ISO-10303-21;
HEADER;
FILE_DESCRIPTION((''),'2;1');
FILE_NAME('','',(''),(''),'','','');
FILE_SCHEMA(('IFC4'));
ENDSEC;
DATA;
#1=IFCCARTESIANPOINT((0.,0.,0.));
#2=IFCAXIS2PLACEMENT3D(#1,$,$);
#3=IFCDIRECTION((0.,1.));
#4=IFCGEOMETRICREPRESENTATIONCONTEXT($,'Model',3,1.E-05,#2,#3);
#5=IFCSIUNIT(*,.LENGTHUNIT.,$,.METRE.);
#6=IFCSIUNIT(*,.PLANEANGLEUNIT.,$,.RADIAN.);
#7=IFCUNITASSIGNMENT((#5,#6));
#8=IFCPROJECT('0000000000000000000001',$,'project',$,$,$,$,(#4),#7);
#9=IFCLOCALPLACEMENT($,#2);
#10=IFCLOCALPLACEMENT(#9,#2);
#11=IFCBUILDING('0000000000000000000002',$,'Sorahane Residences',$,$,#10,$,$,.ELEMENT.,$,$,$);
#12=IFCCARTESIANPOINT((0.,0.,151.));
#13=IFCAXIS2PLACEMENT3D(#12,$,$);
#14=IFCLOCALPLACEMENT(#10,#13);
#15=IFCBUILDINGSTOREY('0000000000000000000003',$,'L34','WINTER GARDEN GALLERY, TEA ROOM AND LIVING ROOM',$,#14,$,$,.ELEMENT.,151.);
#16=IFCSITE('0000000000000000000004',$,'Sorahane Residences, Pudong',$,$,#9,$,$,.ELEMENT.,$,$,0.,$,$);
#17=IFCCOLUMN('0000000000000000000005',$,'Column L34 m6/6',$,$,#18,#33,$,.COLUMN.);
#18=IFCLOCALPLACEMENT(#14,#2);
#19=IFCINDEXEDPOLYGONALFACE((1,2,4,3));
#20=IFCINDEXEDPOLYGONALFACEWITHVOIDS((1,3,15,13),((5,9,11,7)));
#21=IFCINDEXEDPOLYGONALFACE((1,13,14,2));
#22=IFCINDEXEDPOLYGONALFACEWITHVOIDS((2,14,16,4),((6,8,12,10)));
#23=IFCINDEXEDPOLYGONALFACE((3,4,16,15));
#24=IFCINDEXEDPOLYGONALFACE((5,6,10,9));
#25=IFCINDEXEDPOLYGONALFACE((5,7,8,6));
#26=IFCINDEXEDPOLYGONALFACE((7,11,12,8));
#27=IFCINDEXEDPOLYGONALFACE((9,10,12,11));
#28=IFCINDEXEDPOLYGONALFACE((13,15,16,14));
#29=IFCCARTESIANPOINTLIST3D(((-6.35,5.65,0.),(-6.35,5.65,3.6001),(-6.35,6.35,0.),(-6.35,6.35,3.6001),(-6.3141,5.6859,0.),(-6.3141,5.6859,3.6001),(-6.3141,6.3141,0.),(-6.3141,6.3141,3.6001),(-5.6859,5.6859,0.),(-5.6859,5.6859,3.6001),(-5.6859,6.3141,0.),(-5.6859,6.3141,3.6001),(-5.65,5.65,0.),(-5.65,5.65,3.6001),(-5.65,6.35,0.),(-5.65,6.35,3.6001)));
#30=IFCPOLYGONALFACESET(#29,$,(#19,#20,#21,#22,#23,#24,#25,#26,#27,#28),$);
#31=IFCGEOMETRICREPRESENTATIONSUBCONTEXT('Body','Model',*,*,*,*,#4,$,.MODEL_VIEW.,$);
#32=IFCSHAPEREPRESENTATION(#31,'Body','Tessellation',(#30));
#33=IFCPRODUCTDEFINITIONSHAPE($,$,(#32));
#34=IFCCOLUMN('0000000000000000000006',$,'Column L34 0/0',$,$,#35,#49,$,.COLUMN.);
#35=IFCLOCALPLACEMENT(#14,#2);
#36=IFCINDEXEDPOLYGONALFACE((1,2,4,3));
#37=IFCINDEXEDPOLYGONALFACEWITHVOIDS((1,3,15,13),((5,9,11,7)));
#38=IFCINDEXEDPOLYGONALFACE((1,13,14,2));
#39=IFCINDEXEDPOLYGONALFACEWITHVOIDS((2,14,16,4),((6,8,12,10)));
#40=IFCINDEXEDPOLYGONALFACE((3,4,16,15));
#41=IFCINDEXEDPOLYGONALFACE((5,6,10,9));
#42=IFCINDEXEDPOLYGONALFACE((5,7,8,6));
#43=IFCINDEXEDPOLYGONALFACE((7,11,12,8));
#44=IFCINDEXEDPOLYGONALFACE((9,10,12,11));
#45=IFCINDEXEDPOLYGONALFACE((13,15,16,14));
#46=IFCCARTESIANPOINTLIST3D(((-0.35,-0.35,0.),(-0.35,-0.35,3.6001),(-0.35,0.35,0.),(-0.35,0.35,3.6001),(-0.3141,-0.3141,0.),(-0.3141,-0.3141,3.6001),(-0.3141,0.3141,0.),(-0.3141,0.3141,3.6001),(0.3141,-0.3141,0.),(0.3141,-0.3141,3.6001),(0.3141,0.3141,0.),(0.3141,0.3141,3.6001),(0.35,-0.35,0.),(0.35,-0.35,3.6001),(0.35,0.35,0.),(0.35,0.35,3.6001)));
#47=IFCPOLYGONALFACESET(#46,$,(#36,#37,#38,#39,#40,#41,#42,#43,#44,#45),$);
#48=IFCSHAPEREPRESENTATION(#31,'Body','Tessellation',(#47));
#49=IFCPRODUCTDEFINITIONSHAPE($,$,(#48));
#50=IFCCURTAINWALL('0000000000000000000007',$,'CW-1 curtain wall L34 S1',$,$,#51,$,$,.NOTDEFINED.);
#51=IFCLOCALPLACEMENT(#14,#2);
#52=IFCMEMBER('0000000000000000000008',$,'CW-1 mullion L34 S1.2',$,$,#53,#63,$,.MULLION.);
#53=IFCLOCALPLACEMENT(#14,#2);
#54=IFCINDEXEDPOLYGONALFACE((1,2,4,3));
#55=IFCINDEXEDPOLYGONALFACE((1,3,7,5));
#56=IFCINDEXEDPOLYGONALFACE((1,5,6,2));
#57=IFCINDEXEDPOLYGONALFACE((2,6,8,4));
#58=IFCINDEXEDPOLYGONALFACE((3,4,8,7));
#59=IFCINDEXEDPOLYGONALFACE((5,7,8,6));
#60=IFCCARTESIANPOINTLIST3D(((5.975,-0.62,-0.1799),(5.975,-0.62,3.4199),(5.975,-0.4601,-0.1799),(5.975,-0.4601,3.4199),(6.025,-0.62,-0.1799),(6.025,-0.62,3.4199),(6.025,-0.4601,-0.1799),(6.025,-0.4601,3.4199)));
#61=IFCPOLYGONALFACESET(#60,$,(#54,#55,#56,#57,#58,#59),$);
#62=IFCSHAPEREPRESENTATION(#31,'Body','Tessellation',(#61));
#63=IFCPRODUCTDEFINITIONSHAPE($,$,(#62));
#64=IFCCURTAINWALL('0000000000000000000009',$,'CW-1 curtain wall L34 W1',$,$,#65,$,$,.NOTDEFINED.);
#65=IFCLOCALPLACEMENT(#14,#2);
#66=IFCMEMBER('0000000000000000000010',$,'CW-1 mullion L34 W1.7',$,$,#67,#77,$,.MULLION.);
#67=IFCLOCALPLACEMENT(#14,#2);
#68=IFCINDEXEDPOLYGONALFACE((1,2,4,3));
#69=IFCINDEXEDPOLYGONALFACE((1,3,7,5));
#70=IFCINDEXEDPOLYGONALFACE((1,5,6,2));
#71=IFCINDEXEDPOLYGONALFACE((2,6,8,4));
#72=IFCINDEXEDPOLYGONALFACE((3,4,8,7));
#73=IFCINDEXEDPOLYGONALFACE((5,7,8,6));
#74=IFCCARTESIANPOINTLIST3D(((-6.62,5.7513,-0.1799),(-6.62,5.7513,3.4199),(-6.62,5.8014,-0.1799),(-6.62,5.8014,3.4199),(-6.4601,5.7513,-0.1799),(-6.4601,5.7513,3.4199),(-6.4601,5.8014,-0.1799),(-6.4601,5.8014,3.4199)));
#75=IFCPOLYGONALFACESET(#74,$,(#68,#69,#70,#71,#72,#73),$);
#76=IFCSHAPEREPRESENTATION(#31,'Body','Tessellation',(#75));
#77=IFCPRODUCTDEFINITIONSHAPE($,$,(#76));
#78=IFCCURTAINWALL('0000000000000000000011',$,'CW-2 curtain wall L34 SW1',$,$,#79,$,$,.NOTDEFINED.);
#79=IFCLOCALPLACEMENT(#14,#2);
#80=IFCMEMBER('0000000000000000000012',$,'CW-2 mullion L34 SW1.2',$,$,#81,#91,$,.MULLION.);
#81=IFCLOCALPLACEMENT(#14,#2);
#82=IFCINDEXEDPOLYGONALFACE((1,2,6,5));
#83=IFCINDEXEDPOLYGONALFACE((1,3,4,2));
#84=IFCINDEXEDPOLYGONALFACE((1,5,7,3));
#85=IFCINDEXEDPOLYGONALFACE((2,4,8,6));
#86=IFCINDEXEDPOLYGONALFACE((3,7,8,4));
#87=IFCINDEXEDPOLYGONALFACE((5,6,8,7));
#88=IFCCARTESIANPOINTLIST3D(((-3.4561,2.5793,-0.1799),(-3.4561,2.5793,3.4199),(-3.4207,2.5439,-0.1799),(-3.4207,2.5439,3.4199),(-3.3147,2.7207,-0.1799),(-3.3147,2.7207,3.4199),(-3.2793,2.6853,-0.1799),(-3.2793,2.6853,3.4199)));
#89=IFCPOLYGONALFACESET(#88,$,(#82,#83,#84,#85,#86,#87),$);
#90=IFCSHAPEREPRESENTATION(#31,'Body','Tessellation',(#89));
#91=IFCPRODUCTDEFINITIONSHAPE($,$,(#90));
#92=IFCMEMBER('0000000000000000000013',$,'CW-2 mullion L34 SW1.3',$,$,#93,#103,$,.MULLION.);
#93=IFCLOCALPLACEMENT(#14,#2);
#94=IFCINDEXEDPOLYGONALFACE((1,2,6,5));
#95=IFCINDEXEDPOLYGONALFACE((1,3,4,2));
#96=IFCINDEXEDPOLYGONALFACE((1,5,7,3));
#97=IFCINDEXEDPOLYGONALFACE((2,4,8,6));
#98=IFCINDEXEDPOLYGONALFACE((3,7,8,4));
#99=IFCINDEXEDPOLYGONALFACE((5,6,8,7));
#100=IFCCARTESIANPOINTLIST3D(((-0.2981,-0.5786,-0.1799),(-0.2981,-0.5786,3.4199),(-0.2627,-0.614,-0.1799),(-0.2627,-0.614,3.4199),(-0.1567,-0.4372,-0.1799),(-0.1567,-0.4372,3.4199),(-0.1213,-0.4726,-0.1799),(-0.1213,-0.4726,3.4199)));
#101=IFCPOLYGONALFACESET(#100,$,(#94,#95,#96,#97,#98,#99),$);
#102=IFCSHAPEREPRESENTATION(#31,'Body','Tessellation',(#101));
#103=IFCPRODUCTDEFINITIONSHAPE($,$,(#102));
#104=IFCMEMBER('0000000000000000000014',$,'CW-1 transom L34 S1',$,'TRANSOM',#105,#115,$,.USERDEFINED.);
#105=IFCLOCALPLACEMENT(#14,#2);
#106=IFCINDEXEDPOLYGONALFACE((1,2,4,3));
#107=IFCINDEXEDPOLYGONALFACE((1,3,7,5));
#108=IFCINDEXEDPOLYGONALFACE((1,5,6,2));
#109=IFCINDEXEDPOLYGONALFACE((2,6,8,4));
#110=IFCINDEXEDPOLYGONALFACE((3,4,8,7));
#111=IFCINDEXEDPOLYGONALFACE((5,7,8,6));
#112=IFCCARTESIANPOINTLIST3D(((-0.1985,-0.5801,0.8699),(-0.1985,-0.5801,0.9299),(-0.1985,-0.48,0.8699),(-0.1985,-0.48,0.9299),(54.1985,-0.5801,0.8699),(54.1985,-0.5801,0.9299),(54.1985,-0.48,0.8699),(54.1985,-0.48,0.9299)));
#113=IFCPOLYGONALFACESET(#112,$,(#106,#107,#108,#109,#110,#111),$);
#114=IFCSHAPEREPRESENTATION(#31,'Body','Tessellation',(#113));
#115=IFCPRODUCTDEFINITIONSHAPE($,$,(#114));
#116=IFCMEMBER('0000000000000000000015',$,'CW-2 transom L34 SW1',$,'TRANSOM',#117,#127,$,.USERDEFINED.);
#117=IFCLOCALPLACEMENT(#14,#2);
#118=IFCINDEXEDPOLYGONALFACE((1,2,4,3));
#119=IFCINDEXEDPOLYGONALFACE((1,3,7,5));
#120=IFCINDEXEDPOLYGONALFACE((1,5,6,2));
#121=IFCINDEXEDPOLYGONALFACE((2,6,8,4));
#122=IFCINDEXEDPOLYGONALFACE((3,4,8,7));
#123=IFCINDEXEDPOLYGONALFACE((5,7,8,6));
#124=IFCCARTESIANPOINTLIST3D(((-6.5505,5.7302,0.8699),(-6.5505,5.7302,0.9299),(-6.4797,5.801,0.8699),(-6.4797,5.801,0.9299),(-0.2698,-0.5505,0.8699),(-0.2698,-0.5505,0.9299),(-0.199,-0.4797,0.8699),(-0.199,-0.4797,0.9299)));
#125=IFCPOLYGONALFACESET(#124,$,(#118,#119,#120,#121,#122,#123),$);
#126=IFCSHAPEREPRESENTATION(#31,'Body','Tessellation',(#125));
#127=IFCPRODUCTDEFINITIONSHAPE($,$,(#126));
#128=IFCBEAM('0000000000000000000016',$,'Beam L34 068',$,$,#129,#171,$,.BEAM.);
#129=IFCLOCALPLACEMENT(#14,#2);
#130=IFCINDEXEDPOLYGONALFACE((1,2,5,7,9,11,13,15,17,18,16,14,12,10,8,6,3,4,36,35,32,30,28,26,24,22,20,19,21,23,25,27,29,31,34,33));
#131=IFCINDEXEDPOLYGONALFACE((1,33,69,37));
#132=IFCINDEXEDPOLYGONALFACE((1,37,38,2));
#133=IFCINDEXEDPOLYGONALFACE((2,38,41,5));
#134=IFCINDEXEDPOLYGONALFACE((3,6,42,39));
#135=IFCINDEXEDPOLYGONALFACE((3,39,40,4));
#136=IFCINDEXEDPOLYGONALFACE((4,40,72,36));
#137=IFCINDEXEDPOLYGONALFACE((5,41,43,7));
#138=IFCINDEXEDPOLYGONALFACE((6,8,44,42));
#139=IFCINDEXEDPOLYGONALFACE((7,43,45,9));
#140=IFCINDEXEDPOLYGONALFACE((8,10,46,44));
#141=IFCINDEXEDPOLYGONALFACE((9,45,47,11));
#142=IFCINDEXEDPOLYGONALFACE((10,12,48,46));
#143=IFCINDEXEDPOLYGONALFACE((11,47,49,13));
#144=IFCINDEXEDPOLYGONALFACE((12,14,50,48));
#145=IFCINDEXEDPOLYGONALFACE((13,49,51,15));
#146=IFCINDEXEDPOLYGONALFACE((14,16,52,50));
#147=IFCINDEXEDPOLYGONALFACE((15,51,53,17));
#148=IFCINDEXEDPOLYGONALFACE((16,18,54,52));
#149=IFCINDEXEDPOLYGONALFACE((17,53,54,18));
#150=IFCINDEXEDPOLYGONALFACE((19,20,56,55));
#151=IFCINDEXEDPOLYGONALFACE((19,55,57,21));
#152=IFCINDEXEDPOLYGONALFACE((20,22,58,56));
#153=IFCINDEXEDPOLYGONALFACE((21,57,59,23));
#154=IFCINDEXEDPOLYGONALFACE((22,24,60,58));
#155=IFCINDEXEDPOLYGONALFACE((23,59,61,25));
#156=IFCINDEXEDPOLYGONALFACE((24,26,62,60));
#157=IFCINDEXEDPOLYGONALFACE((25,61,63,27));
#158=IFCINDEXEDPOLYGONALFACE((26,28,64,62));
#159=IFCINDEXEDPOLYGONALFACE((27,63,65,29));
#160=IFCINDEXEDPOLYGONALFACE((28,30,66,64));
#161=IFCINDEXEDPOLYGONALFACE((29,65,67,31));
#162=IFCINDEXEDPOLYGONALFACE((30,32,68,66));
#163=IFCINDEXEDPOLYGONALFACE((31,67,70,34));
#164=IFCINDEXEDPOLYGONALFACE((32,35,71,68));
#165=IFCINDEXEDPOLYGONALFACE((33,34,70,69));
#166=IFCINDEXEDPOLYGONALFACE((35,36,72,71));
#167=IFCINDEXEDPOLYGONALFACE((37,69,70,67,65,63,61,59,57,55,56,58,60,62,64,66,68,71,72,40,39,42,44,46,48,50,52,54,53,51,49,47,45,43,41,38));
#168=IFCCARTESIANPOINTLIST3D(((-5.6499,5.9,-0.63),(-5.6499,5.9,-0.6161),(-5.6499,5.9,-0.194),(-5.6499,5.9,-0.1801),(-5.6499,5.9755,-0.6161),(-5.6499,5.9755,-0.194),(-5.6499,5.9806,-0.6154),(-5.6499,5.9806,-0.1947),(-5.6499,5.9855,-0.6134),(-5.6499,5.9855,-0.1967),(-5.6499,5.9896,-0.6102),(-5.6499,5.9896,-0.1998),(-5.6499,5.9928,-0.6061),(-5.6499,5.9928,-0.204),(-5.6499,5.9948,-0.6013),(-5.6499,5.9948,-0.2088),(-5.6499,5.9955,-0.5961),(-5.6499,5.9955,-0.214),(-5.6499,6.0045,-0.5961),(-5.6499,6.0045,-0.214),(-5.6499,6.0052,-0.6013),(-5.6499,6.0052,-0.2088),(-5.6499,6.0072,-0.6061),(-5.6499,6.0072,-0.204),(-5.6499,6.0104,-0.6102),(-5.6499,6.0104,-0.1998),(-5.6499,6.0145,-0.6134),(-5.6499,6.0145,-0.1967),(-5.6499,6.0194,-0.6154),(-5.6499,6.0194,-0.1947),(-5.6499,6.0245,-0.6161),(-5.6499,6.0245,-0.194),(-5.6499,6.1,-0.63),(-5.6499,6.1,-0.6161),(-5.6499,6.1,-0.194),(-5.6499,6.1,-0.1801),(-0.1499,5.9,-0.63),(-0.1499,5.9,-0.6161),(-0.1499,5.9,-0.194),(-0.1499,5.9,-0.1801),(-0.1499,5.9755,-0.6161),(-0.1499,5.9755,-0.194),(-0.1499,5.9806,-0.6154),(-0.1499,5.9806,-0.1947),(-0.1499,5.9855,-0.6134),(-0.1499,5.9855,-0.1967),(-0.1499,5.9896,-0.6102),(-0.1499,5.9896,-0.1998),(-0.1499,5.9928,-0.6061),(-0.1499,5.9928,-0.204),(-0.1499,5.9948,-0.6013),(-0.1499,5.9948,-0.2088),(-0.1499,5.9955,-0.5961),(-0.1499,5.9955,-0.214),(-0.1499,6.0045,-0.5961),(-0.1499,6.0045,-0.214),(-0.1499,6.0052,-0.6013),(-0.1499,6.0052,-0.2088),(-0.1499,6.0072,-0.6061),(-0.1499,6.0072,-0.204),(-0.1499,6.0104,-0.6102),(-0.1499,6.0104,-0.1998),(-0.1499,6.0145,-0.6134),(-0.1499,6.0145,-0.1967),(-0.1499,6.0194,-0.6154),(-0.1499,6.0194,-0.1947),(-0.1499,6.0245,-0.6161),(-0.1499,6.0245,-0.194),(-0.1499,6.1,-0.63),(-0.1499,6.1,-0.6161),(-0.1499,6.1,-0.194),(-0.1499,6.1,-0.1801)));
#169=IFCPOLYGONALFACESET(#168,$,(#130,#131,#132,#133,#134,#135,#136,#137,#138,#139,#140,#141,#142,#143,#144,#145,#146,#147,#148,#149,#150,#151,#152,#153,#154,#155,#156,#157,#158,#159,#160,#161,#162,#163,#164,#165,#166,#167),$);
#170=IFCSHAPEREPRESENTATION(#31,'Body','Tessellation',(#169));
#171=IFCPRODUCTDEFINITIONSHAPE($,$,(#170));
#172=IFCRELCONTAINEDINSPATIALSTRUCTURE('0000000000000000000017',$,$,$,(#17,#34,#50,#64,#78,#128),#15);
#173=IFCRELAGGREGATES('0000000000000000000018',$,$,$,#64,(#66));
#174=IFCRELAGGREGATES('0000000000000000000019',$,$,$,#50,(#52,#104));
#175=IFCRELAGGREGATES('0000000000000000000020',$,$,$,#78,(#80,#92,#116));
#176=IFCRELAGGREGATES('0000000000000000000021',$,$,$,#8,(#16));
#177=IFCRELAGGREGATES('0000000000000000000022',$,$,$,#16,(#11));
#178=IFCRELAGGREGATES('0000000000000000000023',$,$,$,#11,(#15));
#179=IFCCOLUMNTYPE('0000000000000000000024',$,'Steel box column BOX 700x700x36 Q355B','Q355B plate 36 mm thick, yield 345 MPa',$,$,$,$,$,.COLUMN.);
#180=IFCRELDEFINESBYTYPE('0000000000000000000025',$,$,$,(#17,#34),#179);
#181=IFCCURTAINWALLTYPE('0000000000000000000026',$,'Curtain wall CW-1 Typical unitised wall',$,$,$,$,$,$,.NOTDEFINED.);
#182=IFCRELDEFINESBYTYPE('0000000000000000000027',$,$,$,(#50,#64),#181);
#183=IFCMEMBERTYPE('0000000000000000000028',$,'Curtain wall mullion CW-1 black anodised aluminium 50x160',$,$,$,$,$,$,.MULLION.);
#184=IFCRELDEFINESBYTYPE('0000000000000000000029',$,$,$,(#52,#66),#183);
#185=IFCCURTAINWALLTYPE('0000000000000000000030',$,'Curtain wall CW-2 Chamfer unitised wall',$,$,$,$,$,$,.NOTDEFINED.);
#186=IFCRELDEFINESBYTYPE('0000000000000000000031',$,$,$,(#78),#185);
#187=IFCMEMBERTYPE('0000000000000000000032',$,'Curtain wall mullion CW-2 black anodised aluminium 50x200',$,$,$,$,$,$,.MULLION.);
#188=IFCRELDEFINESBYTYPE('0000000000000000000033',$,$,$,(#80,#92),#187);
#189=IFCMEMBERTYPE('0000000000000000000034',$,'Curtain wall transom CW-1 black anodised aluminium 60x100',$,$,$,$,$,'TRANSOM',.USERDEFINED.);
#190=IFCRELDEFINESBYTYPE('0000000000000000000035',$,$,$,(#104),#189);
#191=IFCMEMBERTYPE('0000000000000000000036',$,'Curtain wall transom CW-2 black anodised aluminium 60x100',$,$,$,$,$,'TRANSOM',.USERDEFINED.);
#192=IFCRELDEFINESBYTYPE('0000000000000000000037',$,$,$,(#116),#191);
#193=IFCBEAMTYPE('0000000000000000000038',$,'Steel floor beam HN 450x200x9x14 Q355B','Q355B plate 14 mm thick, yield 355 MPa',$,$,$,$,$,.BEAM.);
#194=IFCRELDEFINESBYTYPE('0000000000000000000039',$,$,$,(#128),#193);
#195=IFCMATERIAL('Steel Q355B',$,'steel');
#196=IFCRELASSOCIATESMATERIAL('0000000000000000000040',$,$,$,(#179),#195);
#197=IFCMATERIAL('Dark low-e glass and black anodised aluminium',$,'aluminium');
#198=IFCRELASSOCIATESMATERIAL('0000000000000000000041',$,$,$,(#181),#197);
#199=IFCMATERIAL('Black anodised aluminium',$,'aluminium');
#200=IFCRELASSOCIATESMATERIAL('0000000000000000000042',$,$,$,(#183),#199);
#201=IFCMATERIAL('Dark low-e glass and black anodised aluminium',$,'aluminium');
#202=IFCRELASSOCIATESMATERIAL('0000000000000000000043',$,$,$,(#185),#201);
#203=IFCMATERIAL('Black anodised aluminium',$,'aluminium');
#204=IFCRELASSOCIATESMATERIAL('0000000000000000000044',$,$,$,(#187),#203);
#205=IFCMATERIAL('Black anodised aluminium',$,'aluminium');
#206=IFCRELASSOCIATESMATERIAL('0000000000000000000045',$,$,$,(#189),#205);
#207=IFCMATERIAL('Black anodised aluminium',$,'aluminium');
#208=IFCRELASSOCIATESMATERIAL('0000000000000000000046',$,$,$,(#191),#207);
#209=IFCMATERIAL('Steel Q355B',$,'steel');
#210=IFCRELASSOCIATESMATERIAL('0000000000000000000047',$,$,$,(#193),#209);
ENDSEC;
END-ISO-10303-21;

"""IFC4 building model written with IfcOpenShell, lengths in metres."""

from ifc_helpers import new_model, si_unit, direction, frame, origin, origin_2d, place, context, subcontext, project, spatial, rectangle, hollow_rectangle, i_section, extrude, material, material_profile, profile_set, type_object, element, aggregate, save


model = new_model("IFC4")

# Units and contexts
model_context = context("Model", 3, precision=1e-05, world=origin(), true_north=direction((0.0, 1.0)))
body_context = subcontext(model_context, "Body", "Model", "MODEL_VIEW")
ifc_project = project(units=[si_unit("LENGTHUNIT", "METRE"), si_unit("PLANEANGLEUNIT", "RADIAN")], contexts=[model_context])

# Site, building, storey
site_placement = place(None, origin())
site = spatial("IfcSite", under=ifc_project, at=site_placement, Name="Sorahane Residences, Pudong", CompositionType="ELEMENT", RefElevation=0.0)
building_placement = place(site_placement, origin())
building = spatial("IfcBuilding", under=site, at=building_placement, Name="Sorahane Residences", CompositionType="ELEMENT")
storey_placement = place(building_placement, frame((0.0, 0.0, 151.0)))
storey = spatial("IfcBuildingStorey", under=building, at=storey_placement, Name="L34", Description="WINTER GARDEN GALLERY, TEA ROOM AND LIVING ROOM", CompositionType="ELEMENT", Elevation=151.0)

# Columns
ifc_material_1 = material(Name="Steel Q355B", Category="steel")
ifc_material_profile_1 = material_profile(ifc_material_1, hollow_rectangle(XDim=0.7, YDim=0.7, WallThickness=0.0359, at=origin_2d()), Name="BOX 700x700x36")
ifc_profile_set_1 = profile_set([ifc_material_profile_1], Name="Steel Q355B")
column_type = type_object("IfcColumnType", Name="Steel box column BOX 700x700x36 Q355B", Description="Q355B plate 36 mm thick, yield 345 MPa", PredefinedType="COLUMN", material=ifc_profile_set_1)
for number, where, z_axis, x_axis, name in (
    (1, (-6.0, 6.0, 0.0), (0.0, 0.0, 1.0), (1.0, 0.0, 0.0), "Column L34 m6/6"),
    (2, (0.0, 0.0, 0.0), (0.0, 0.0, 1.0), (1.0, 0.0, 0.0), "Column L34 0/0"),
):
    element("IfcColumn", number, at=place(storey_placement, frame(where, z_axis=z_axis, x_axis=x_axis)), inside=storey, type_object=column_type, Name=name, PredefinedType="COLUMN", context=body_context, shape_type="SweptSolid", body=[
        extrude(hollow_rectangle(XDim=0.7, YDim=0.7, WallThickness=0.0359, at=origin_2d()), origin(), (0.0, 0.0, 1.0), 3.6001),
    ])

# Curtain walls, members
ifc_material_2 = material(Name="Dark low-e glass and black anodised aluminium", Category="aluminium")
curtain_wall_type_1 = type_object("IfcCurtainWallType", Name="Curtain wall CW-1 Typical unitised wall", PredefinedType="NOTDEFINED", material=ifc_material_2)
curtain_wall_1_placement = place(storey_placement, origin())
curtain_wall_1 = element("IfcCurtainWall", 3, at=curtain_wall_1_placement, inside=storey, type_object=curtain_wall_type_1, Name="CW-1 curtain wall L34 S1", PredefinedType="NOTDEFINED")
ifc_material_3 = material(Name="Black anodised aluminium", Category="aluminium")
ifc_material_profile_2 = material_profile(ifc_material_3, rectangle(XDim=0.1599, YDim=0.05, at=origin_2d()), Name="Curtain wall mullion CW-1 black anodised aluminium 50x160")
ifc_profile_set_2 = profile_set([ifc_material_profile_2], Name="Black anodised aluminium")
member_type_1 = type_object("IfcMemberType", Name="Curtain wall mullion CW-1 black anodised aluminium 50x160", PredefinedType="MULLION", material=ifc_profile_set_2)
member_1_placement = place(storey_placement, frame((6.0, -0.54, -0.1799), z_axis=(0.0, 0.0, 1.0), x_axis=(0.0, -1.0, 0.0)))
member_1 = element("IfcMember", 4, at=member_1_placement, type_object=member_type_1, Name="CW-1 mullion L34 S1.2", PredefinedType="MULLION", context=body_context, shape_type="SweptSolid", body=[
    extrude(rectangle(XDim=0.1599, YDim=0.05, at=origin_2d()), origin(), (0.0, 0.0, 1.0), 3.5999),
])
curtain_wall_2_placement = place(storey_placement, origin())
curtain_wall_2 = element("IfcCurtainWall", 5, at=curtain_wall_2_placement, inside=storey, type_object=curtain_wall_type_1, Name="CW-1 curtain wall L34 W1", PredefinedType="NOTDEFINED")
member_2_placement = place(storey_placement, frame((-6.54, 5.7764, -0.1799), z_axis=(0.0, 0.0, 1.0), x_axis=(-1.0, 0.0, 0.0)))
member_2 = element("IfcMember", 6, at=member_2_placement, type_object=member_type_1, Name="CW-1 mullion L34 W1.7", PredefinedType="MULLION", context=body_context, shape_type="SweptSolid", body=[
    extrude(rectangle(XDim=0.1599, YDim=0.05, at=origin_2d()), origin(), (0.0, 0.0, 1.0), 3.5999),
])
aggregate(curtain_wall_2, [member_2])

# Curtain wall, members
ifc_material_4 = material(Name="Dark low-e glass and black anodised aluminium", Category="aluminium")
curtain_wall_type_2 = type_object("IfcCurtainWallType", Name="Curtain wall CW-2 Chamfer unitised wall", PredefinedType="NOTDEFINED", material=ifc_material_4)
curtain_wall_3_placement = place(storey_placement, origin())
curtain_wall_3 = element("IfcCurtainWall", 7, at=curtain_wall_3_placement, inside=storey, type_object=curtain_wall_type_2, Name="CW-2 curtain wall L34 SW1", PredefinedType="NOTDEFINED")
ifc_material_5 = material(Name="Black anodised aluminium", Category="aluminium")
ifc_material_profile_3 = material_profile(ifc_material_5, rectangle(XDim=0.2, YDim=0.05, at=origin_2d()), Name="Curtain wall mullion CW-2 black anodised aluminium 50x200")
ifc_profile_set_3 = profile_set([ifc_material_profile_3], Name="Black anodised aluminium")
member_type_2 = type_object("IfcMemberType", Name="Curtain wall mullion CW-2 black anodised aluminium 50x200", PredefinedType="MULLION", material=ifc_profile_set_3)
member_3_placement = place(storey_placement, frame((-3.3677, 2.6323, -0.1799), z_axis=(0.0, 0.0, 1.0), x_axis=(-0.707107, -0.707107, 0.0)))
member_3 = element("IfcMember", 8, at=member_3_placement, type_object=member_type_2, Name="CW-2 mullion L34 SW1.2", PredefinedType="MULLION", context=body_context, shape_type="SweptSolid", body=[
    extrude(rectangle(XDim=0.2, YDim=0.05, at=origin_2d()), origin(), (0.0, 0.0, 1.0), 3.5999),
])
member_4_placement = place(storey_placement, frame((-0.2097, -0.5256, -0.1799), z_axis=(0.0, 0.0, 1.0), x_axis=(-0.707107, -0.707107, 0.0)))
member_4 = element("IfcMember", 9, at=member_4_placement, type_object=member_type_2, Name="CW-2 mullion L34 SW1.3", PredefinedType="MULLION", context=body_context, shape_type="SweptSolid", body=[
    extrude(rectangle(XDim=0.2, YDim=0.05, at=origin_2d()), origin(), (0.0, 0.0, 1.0), 3.5999),
])

# Members
ifc_material_6 = material(Name="Black anodised aluminium", Category="aluminium")
ifc_material_profile_4 = material_profile(ifc_material_6, rectangle(XDim=0.1001, YDim=0.0601, at=origin_2d()), Name="Curtain wall transom CW-1 black anodised aluminium 60x100")
ifc_profile_set_4 = profile_set([ifc_material_profile_4], Name="Black anodised aluminium")
member_type_3 = type_object("IfcMemberType", Name="Curtain wall transom CW-1 black anodised aluminium 60x100", ElementType="TRANSOM", PredefinedType="USERDEFINED", material=ifc_profile_set_4)
member_5_placement = place(storey_placement, frame((-0.1985, -0.53, 0.8999), z_axis=(1.0, 0.0, 0.0), x_axis=(0.0, 1.0, 0.0)))
member_5 = element("IfcMember", 10, at=member_5_placement, type_object=member_type_3, Name="CW-1 transom L34 S1", ObjectType="TRANSOM", PredefinedType="USERDEFINED", context=body_context, shape_type="SweptSolid", body=[
    extrude(rectangle(XDim=0.1001, YDim=0.0601, at=origin_2d()), origin(), (0.0, 0.0, 1.0), 54.397),
])
ifc_material_7 = material(Name="Black anodised aluminium", Category="aluminium")
ifc_material_profile_5 = material_profile(ifc_material_7, rectangle(XDim=0.1001, YDim=0.0601, at=origin_2d()), Name="Curtain wall transom CW-2 black anodised aluminium 60x100")
ifc_profile_set_5 = profile_set([ifc_material_profile_5], Name="Black anodised aluminium")
member_type_4 = type_object("IfcMemberType", Name="Curtain wall transom CW-2 black anodised aluminium 60x100", ElementType="TRANSOM", PredefinedType="USERDEFINED", material=ifc_profile_set_5)
member_6_placement = place(storey_placement, frame((-6.5151, 5.7656, 0.8999), z_axis=(0.707107, -0.707107, 0.0), x_axis=(0.707107, 0.707107, 0.0)))
member_6 = element("IfcMember", 11, at=member_6_placement, type_object=member_type_4, Name="CW-2 transom L34 SW1", ObjectType="TRANSOM", PredefinedType="USERDEFINED", context=body_context, shape_type="SweptSolid", body=[
    extrude(rectangle(XDim=0.1001, YDim=0.0601, at=origin_2d()), origin(), (0.0, 0.0, 1.0), 8.8823),
])

# Beam
ifc_material_8 = material(Name="Steel Q355B", Category="steel")
ifc_material_profile_6 = material_profile(ifc_material_8, i_section(OverallWidth=0.2, OverallDepth=0.45, WebThickness=0.009, FlangeThickness=0.0139, FilletRadius=0.02, at=origin_2d()), Name="HN 450x200x9x14")
ifc_profile_set_6 = profile_set([ifc_material_profile_6], Name="Steel Q355B")
beam_type_1 = type_object("IfcBeamType", Name="Steel floor beam HN 450x200x9x14 Q355B", Description="Q355B plate 14 mm thick, yield 355 MPa", PredefinedType="BEAM", material=ifc_profile_set_6)
beam_1_placement = place(storey_placement, frame((-5.6499, 6.0, -0.405), z_axis=(1.0, 0.0, 0.0), x_axis=(0.0, 1.0, 0.0)))
element("IfcBeam", 12, at=beam_1_placement, inside=storey, type_object=beam_type_1, Name="Beam L34 068", PredefinedType="BEAM", context=body_context, shape_type="SweptSolid", body=[
    extrude(i_section(OverallWidth=0.2, OverallDepth=0.45, WebThickness=0.009, FlangeThickness=0.0139, FilletRadius=0.02, at=origin_2d()), origin(), (0.0, 0.0, 1.0), 5.5),
])

aggregate(curtain_wall_1, [member_1, member_5])
aggregate(curtain_wall_3, [member_3, member_4, member_6])

save(model, "model.ifc")
